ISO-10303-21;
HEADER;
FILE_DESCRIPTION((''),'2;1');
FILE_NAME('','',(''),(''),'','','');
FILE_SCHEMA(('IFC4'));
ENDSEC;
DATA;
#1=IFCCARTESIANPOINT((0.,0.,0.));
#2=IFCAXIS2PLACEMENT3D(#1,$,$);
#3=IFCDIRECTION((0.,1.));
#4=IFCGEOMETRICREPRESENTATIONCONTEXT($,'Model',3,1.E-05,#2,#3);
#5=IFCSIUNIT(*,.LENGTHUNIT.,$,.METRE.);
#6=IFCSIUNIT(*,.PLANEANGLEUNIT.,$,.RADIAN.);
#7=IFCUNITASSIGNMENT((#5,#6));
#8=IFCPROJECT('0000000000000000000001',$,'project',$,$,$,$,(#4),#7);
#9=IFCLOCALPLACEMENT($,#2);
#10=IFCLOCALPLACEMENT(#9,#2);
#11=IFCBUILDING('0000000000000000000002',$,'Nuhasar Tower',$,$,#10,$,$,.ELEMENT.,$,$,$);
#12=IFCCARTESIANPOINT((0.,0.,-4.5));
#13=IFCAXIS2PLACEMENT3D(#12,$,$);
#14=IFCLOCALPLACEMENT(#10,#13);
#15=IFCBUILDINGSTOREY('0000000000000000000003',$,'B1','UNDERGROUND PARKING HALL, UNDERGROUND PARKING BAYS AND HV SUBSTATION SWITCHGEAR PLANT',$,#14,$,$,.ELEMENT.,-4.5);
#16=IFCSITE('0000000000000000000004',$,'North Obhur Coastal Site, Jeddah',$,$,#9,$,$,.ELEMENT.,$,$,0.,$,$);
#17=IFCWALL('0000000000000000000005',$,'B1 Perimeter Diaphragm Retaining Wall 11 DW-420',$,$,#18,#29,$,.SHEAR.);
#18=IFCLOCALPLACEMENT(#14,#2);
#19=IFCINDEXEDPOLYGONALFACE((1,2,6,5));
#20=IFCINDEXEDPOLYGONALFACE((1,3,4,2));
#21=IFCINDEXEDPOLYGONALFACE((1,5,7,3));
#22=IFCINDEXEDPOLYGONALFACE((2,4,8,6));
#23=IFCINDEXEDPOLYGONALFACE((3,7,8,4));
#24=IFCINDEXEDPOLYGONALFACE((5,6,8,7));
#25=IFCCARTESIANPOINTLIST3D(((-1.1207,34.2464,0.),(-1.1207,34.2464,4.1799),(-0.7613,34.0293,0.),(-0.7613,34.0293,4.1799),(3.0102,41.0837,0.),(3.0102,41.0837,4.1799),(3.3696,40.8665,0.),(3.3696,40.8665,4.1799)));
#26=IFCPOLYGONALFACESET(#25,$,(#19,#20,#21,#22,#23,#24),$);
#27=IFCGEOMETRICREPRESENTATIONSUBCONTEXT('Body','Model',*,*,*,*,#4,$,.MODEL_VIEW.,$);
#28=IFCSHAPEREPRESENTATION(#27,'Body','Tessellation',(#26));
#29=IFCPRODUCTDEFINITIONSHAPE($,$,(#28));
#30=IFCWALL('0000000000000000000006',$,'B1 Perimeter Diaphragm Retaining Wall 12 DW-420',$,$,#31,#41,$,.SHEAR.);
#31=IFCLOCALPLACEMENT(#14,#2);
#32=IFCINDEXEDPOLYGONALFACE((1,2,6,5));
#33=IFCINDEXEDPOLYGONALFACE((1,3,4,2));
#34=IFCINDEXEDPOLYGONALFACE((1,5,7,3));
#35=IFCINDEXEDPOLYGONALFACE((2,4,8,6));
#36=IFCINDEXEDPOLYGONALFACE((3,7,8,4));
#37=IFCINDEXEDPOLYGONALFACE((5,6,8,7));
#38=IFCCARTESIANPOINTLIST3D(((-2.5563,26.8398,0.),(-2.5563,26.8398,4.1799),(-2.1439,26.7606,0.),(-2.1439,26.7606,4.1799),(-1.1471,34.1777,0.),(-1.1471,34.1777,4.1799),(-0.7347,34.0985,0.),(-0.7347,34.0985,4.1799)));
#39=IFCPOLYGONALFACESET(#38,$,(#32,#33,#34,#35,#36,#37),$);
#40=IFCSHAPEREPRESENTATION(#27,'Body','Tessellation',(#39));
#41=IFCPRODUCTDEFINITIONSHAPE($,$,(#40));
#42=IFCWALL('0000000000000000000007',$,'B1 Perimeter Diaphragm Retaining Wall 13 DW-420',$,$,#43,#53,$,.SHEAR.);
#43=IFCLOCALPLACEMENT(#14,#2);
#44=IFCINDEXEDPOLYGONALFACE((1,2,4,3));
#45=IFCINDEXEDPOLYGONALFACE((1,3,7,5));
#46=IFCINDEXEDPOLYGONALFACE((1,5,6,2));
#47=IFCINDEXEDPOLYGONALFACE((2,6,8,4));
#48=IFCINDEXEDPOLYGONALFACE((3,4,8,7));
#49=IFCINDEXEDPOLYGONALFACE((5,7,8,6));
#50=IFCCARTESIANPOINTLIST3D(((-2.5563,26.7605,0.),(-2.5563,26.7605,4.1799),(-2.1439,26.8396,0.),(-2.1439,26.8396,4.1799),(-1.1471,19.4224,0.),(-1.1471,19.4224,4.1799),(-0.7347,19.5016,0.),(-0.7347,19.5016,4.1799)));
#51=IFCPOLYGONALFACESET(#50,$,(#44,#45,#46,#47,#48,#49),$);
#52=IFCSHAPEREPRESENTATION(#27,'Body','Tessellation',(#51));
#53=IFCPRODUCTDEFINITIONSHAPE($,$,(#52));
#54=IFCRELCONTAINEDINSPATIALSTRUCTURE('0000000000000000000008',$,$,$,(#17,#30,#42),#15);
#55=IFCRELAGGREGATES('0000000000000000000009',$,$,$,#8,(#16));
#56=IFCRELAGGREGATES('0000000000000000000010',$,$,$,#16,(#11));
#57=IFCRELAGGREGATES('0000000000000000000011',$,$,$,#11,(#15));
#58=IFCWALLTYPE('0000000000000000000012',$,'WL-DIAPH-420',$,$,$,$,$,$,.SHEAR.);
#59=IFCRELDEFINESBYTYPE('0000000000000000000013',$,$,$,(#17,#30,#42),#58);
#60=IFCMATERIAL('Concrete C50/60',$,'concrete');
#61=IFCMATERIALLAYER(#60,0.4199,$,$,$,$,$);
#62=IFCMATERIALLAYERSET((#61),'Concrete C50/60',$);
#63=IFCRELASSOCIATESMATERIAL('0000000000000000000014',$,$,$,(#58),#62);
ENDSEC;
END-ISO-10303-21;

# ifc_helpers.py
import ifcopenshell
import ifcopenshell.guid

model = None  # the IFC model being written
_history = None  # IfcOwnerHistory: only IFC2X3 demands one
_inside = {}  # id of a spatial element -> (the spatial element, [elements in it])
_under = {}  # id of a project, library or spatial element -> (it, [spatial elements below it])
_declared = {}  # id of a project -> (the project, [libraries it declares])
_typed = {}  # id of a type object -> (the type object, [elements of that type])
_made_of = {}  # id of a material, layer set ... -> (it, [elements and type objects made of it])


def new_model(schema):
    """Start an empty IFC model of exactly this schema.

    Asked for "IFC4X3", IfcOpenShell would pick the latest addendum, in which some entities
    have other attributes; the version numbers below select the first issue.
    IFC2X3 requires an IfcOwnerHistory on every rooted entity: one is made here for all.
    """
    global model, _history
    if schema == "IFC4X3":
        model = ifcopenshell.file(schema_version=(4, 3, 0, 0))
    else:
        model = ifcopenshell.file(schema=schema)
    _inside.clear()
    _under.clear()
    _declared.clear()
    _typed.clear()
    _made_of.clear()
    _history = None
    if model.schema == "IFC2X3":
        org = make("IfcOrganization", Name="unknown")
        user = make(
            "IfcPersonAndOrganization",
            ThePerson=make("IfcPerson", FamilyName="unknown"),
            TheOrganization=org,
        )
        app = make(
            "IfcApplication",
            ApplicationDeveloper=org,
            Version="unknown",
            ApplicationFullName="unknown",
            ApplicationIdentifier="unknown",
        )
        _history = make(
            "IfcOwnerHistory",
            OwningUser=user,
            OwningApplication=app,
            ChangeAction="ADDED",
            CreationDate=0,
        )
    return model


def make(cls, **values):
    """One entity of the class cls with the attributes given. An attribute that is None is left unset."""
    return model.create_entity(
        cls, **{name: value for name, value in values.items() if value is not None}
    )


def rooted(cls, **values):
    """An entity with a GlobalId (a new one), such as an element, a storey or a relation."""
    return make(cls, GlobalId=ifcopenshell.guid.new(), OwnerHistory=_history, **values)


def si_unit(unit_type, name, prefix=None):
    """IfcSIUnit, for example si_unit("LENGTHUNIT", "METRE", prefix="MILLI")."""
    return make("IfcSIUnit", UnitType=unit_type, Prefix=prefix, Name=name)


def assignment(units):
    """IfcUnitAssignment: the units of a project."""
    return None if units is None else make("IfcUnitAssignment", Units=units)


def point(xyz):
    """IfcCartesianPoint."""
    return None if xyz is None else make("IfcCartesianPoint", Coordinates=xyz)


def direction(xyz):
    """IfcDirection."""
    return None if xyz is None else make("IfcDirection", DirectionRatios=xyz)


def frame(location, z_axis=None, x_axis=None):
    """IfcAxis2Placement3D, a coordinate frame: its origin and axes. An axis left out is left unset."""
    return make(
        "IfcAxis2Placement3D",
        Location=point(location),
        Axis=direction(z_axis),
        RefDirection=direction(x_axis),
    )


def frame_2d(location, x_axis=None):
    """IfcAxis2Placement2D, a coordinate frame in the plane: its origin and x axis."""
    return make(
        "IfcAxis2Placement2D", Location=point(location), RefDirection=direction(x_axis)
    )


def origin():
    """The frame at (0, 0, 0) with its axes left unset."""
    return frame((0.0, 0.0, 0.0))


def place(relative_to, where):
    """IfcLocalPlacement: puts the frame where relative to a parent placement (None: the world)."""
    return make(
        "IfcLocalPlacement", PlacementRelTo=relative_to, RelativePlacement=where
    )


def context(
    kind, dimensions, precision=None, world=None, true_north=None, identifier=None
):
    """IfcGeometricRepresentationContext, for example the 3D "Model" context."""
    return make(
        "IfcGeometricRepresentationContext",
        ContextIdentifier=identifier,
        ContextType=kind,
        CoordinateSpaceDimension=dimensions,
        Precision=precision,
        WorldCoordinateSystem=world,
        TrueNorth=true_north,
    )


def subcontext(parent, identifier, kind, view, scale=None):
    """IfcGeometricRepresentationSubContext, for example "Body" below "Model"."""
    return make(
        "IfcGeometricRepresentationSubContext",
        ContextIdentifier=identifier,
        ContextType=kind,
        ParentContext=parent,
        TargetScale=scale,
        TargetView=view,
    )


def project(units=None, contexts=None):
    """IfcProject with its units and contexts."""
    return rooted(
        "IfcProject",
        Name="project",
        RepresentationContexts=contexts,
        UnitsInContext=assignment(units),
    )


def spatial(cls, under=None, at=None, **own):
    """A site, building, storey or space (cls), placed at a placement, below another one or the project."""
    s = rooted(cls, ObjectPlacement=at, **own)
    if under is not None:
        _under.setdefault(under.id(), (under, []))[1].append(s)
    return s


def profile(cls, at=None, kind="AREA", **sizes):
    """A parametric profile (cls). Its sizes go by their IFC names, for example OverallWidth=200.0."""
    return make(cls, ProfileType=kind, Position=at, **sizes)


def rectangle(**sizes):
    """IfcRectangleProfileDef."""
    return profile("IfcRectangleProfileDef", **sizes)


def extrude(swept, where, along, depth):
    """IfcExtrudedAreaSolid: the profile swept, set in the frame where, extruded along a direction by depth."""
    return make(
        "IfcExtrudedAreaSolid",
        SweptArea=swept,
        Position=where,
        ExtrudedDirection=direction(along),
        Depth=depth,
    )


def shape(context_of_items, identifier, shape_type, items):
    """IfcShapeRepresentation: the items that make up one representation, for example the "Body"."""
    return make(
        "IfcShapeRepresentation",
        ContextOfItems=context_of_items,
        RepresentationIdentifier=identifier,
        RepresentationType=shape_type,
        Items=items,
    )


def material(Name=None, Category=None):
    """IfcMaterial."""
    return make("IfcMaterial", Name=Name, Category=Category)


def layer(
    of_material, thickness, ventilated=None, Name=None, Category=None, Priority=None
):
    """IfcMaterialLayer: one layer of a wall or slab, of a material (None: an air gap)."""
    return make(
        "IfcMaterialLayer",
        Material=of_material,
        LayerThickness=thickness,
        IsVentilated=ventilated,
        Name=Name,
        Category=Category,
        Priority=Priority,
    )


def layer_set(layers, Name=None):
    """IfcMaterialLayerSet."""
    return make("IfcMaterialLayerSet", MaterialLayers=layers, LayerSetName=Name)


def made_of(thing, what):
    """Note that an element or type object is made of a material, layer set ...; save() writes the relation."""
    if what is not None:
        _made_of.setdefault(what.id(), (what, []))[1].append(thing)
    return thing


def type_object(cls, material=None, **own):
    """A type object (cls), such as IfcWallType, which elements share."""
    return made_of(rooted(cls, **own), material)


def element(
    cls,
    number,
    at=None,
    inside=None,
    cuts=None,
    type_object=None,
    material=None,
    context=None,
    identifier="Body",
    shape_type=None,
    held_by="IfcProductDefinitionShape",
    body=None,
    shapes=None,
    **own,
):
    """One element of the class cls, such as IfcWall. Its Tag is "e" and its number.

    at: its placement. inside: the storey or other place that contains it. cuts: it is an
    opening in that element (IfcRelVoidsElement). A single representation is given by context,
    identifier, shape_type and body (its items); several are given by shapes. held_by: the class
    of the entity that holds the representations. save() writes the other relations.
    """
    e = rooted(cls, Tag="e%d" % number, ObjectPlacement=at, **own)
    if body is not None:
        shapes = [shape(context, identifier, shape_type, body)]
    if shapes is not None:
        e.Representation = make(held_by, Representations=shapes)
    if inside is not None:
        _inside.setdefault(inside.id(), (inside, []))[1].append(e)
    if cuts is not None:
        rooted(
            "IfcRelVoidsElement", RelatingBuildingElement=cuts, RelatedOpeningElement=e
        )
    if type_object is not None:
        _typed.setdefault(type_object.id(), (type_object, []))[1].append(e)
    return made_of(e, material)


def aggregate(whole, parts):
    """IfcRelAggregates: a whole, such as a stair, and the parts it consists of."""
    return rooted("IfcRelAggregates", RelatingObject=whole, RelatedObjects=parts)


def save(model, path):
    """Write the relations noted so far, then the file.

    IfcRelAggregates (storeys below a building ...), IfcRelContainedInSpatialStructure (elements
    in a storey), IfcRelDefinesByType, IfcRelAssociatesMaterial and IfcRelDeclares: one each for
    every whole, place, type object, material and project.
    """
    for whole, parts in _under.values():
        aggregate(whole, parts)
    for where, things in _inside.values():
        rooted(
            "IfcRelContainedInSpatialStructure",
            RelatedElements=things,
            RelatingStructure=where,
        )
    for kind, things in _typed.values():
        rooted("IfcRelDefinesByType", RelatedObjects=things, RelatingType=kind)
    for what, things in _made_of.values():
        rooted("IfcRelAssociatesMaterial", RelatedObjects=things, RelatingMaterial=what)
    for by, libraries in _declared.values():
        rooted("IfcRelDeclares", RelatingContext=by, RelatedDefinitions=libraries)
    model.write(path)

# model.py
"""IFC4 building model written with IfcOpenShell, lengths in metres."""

from ifc_helpers import new_model, si_unit, direction, frame, frame_2d, origin, place, context, subcontext, project, spatial, rectangle, extrude, material, layer, layer_set, type_object, element, save


model = new_model("IFC4")

# Units and contexts
model_context = context("Model", 3, precision=1e-05, world=origin(), true_north=direction((0.0, 1.0)))
body_context = subcontext(model_context, "Body", "Model", "MODEL_VIEW")
ifc_project = project(units=[si_unit("LENGTHUNIT", "METRE"), si_unit("PLANEANGLEUNIT", "RADIAN")], contexts=[model_context])

# Site, building, storey
site_placement = place(None, origin())
site = spatial("IfcSite", under=ifc_project, at=site_placement, Name="North Obhur Coastal Site, Jeddah", CompositionType="ELEMENT", RefElevation=0.0)
building_placement = place(site_placement, origin())
building = spatial("IfcBuilding", under=site, at=building_placement, Name="Nuhasar Tower", CompositionType="ELEMENT")
storey_placement = place(building_placement, frame((0.0, 0.0, -4.5)))
storey = spatial("IfcBuildingStorey", under=building, at=storey_placement, Name="B1", Description="UNDERGROUND PARKING HALL, UNDERGROUND PARKING BAYS AND HV SUBSTATION SWITCHGEAR PLANT", CompositionType="ELEMENT", Elevation=-4.5)

# Shared definitions
ifc_material_1 = material(Name="Concrete C50/60", Category="concrete")

# Walls
ifc_layer_1 = layer(ifc_material_1, 0.4199)
ifc_layer_set_1 = layer_set([ifc_layer_1], Name="Concrete C50/60")
wall_type_1 = type_object("IfcWallType", Name="WL-DIAPH-420", PredefinedType="SHEAR", material=ifc_layer_set_1)
wall_1_placement = place(storey_placement, frame((3.1899, 40.9751, 0.0), z_axis=(0.0, 0.0, 1.0), x_axis=(-0.517123, -0.855911, 0.0)))
element("IfcWall", 1, at=wall_1_placement, inside=storey, type_object=wall_type_1, Name="B1 Perimeter Diaphragm Retaining Wall 11 DW-420", PredefinedType="SHEAR", context=body_context, shape_type="SweptSolid", body=[
    extrude(rectangle(XDim=7.9883, YDim=0.4199, at=frame_2d((3.9941, 0.0))), origin(), (0.0, 0.0, 1.0), 4.1799),
])
wall_2_placement = place(storey_placement, frame((-0.9409, 34.1379, 0.0), z_axis=(0.0, 0.0, 1.0), x_axis=(-0.188595, -0.982055, 0.0)))
element("IfcWall", 2, at=wall_2_placement, inside=storey, type_object=wall_type_1, Name="B1 Perimeter Diaphragm Retaining Wall 12 DW-420", PredefinedType="SHEAR", context=body_context, shape_type="SweptSolid", body=[
    extrude(rectangle(XDim=7.4719, YDim=0.4199, at=frame_2d((3.7358, 0.0))), origin(), (0.0, 0.0, 1.0), 4.1799),
])
wall_3_placement = place(storey_placement, frame((-2.3501, 26.8, 0.0), z_axis=(0.0, 0.0, 1.0), x_axis=(0.188589, -0.982056, 0.0)))
element("IfcWall", 3, at=wall_3_placement, inside=storey, type_object=wall_type_1, Name="B1 Perimeter Diaphragm Retaining Wall 13 DW-420", PredefinedType="SHEAR", context=body_context, shape_type="SweptSolid", body=[
    extrude(rectangle(XDim=7.4722, YDim=0.4199, at=frame_2d((3.7361, 0.0))), origin(), (0.0, 0.0, 1.0), 4.1799),
])

save(model, "model.ifc")
